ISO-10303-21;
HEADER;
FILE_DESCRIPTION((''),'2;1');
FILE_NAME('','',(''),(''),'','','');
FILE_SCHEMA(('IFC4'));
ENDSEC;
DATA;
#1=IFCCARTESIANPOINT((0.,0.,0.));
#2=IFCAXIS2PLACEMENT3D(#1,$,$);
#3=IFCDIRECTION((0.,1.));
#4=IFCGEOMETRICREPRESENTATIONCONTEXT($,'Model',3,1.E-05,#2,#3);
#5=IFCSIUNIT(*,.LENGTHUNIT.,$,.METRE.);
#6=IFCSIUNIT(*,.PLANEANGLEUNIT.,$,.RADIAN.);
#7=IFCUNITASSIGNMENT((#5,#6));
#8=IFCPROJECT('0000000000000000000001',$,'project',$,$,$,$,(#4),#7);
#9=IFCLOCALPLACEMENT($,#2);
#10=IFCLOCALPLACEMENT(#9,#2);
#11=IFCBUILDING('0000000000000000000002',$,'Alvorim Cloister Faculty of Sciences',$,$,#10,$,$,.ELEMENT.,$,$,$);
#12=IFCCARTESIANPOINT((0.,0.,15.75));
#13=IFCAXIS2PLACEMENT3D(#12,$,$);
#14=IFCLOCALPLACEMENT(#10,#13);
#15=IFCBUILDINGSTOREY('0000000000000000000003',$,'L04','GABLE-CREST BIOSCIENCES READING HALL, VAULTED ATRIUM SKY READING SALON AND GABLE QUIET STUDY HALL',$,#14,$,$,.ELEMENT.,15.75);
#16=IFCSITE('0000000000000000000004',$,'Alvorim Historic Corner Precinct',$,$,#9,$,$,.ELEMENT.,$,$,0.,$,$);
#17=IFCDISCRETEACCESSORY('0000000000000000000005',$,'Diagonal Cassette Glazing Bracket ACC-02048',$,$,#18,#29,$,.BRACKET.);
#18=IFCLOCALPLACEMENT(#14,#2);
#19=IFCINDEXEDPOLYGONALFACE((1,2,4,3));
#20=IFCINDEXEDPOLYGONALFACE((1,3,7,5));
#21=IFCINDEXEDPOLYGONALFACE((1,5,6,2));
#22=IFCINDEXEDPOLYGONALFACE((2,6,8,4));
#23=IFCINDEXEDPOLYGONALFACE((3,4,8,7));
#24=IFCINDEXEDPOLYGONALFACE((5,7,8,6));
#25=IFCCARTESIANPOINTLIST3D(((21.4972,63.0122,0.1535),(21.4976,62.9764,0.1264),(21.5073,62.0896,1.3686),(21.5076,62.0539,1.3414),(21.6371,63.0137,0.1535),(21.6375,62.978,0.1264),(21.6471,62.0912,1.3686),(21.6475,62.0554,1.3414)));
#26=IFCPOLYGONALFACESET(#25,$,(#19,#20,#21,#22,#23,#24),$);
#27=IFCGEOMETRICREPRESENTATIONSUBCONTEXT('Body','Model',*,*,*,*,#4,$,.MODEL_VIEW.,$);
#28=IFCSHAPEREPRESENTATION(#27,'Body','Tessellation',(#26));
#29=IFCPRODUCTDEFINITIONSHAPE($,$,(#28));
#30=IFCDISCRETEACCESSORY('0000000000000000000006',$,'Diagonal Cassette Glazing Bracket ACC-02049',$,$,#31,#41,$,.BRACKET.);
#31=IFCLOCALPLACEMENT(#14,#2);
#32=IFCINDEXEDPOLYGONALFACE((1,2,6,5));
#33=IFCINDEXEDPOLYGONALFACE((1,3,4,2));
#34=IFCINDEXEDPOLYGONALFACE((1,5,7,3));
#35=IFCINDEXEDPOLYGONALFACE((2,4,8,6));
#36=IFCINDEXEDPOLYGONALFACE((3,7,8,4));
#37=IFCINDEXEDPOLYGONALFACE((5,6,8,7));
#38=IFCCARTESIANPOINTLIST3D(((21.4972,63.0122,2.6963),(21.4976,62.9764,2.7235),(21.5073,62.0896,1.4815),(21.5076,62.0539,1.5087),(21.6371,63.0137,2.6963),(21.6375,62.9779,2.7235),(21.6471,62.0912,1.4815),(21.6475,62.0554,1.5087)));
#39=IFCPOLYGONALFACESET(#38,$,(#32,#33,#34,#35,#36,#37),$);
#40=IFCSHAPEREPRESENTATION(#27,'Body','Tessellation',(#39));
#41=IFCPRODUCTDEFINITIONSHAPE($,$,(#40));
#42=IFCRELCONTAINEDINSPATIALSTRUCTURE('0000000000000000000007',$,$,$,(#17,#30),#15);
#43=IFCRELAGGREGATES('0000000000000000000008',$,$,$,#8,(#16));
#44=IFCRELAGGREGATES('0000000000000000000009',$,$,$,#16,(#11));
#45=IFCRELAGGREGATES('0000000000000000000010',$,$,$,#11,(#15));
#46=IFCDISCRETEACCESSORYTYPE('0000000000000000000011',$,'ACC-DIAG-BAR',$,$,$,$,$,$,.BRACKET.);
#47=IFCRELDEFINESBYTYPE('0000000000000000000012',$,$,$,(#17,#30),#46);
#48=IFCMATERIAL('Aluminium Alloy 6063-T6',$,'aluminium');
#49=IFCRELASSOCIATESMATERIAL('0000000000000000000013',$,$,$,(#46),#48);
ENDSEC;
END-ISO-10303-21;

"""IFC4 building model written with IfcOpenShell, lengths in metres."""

from ifc_helpers import new_model, si_unit, direction, frame, origin, origin_2d, place, context, subcontext, project, spatial, rectangle, extrude, material, type_object, element, save


model = new_model("IFC4")

# Units and contexts
model_context = context("Model", 3, precision=1e-05, world=origin(), true_north=direction((0.0, 1.0)))
body_context = subcontext(model_context, "Body", "Model", "MODEL_VIEW")
ifc_project = project(units=[si_unit("LENGTHUNIT", "METRE"), si_unit("PLANEANGLEUNIT", "RADIAN")], contexts=[model_context])

# Site, building, storey
site_placement = place(None, origin())
site = spatial("IfcSite", under=ifc_project, at=site_placement, Name="Alvorim Historic Corner Precinct", CompositionType="ELEMENT", RefElevation=0.0)
building_placement = place(site_placement, origin())
building = spatial("IfcBuilding", under=site, at=building_placement, Name="Alvorim Cloister Faculty of Sciences", CompositionType="ELEMENT")
storey_placement = place(building_placement, frame((0.0, 0.0, 15.75)))
storey = spatial("IfcBuildingStorey", under=building, at=storey_placement, Name="L04", Description="GABLE-CREST BIOSCIENCES READING HALL, VAULTED ATRIUM SKY READING SALON AND GABLE QUIET STUDY HALL", CompositionType="ELEMENT", Elevation=15.75)

# Discrete accessories
ifc_material_1 = material(Name="Aluminium Alloy 6063-T6", Category="aluminium")
discrete_accessory_type = type_object("IfcDiscreteAccessoryType", Name="ACC-DIAG-BAR", PredefinedType="BRACKET", material=ifc_material_1)
discrete_accessory_1_placement = place(storey_placement, frame((21.5774, 62.0725, 1.355), z_axis=(-0.006561, 0.604713, -0.796416), x_axis=(-0.999941, -0.010849, 0.0)))
element("IfcDiscreteAccessory", 1, at=discrete_accessory_1_placement, inside=storey, type_object=discrete_accessory_type, Name="Diagonal Cassette Glazing Bracket ACC-02048", PredefinedType="BRACKET", context=body_context, shape_type="SweptSolid", body=[
    extrude(rectangle(XDim=0.1399, YDim=0.0449, at=origin_2d()), origin(), (0.0, 0.0, 1.0), 1.5256),
])
discrete_accessory_2_placement = place(storey_placement, frame((21.5774, 62.0725, 1.4951), z_axis=(-0.006562, 0.60479, 0.796358), x_axis=(-0.999941, -0.010849, 0.0)))
element("IfcDiscreteAccessory", 2, at=discrete_accessory_2_placement, inside=storey, type_object=discrete_accessory_type, Name="Diagonal Cassette Glazing Bracket ACC-02049", PredefinedType="BRACKET", context=body_context, shape_type="SweptSolid", body=[
    extrude(rectangle(XDim=0.1399, YDim=0.0449, at=origin_2d()), origin(), (0.0, 0.0, 1.0), 1.5254),
])

save(model, "model.ifc")
